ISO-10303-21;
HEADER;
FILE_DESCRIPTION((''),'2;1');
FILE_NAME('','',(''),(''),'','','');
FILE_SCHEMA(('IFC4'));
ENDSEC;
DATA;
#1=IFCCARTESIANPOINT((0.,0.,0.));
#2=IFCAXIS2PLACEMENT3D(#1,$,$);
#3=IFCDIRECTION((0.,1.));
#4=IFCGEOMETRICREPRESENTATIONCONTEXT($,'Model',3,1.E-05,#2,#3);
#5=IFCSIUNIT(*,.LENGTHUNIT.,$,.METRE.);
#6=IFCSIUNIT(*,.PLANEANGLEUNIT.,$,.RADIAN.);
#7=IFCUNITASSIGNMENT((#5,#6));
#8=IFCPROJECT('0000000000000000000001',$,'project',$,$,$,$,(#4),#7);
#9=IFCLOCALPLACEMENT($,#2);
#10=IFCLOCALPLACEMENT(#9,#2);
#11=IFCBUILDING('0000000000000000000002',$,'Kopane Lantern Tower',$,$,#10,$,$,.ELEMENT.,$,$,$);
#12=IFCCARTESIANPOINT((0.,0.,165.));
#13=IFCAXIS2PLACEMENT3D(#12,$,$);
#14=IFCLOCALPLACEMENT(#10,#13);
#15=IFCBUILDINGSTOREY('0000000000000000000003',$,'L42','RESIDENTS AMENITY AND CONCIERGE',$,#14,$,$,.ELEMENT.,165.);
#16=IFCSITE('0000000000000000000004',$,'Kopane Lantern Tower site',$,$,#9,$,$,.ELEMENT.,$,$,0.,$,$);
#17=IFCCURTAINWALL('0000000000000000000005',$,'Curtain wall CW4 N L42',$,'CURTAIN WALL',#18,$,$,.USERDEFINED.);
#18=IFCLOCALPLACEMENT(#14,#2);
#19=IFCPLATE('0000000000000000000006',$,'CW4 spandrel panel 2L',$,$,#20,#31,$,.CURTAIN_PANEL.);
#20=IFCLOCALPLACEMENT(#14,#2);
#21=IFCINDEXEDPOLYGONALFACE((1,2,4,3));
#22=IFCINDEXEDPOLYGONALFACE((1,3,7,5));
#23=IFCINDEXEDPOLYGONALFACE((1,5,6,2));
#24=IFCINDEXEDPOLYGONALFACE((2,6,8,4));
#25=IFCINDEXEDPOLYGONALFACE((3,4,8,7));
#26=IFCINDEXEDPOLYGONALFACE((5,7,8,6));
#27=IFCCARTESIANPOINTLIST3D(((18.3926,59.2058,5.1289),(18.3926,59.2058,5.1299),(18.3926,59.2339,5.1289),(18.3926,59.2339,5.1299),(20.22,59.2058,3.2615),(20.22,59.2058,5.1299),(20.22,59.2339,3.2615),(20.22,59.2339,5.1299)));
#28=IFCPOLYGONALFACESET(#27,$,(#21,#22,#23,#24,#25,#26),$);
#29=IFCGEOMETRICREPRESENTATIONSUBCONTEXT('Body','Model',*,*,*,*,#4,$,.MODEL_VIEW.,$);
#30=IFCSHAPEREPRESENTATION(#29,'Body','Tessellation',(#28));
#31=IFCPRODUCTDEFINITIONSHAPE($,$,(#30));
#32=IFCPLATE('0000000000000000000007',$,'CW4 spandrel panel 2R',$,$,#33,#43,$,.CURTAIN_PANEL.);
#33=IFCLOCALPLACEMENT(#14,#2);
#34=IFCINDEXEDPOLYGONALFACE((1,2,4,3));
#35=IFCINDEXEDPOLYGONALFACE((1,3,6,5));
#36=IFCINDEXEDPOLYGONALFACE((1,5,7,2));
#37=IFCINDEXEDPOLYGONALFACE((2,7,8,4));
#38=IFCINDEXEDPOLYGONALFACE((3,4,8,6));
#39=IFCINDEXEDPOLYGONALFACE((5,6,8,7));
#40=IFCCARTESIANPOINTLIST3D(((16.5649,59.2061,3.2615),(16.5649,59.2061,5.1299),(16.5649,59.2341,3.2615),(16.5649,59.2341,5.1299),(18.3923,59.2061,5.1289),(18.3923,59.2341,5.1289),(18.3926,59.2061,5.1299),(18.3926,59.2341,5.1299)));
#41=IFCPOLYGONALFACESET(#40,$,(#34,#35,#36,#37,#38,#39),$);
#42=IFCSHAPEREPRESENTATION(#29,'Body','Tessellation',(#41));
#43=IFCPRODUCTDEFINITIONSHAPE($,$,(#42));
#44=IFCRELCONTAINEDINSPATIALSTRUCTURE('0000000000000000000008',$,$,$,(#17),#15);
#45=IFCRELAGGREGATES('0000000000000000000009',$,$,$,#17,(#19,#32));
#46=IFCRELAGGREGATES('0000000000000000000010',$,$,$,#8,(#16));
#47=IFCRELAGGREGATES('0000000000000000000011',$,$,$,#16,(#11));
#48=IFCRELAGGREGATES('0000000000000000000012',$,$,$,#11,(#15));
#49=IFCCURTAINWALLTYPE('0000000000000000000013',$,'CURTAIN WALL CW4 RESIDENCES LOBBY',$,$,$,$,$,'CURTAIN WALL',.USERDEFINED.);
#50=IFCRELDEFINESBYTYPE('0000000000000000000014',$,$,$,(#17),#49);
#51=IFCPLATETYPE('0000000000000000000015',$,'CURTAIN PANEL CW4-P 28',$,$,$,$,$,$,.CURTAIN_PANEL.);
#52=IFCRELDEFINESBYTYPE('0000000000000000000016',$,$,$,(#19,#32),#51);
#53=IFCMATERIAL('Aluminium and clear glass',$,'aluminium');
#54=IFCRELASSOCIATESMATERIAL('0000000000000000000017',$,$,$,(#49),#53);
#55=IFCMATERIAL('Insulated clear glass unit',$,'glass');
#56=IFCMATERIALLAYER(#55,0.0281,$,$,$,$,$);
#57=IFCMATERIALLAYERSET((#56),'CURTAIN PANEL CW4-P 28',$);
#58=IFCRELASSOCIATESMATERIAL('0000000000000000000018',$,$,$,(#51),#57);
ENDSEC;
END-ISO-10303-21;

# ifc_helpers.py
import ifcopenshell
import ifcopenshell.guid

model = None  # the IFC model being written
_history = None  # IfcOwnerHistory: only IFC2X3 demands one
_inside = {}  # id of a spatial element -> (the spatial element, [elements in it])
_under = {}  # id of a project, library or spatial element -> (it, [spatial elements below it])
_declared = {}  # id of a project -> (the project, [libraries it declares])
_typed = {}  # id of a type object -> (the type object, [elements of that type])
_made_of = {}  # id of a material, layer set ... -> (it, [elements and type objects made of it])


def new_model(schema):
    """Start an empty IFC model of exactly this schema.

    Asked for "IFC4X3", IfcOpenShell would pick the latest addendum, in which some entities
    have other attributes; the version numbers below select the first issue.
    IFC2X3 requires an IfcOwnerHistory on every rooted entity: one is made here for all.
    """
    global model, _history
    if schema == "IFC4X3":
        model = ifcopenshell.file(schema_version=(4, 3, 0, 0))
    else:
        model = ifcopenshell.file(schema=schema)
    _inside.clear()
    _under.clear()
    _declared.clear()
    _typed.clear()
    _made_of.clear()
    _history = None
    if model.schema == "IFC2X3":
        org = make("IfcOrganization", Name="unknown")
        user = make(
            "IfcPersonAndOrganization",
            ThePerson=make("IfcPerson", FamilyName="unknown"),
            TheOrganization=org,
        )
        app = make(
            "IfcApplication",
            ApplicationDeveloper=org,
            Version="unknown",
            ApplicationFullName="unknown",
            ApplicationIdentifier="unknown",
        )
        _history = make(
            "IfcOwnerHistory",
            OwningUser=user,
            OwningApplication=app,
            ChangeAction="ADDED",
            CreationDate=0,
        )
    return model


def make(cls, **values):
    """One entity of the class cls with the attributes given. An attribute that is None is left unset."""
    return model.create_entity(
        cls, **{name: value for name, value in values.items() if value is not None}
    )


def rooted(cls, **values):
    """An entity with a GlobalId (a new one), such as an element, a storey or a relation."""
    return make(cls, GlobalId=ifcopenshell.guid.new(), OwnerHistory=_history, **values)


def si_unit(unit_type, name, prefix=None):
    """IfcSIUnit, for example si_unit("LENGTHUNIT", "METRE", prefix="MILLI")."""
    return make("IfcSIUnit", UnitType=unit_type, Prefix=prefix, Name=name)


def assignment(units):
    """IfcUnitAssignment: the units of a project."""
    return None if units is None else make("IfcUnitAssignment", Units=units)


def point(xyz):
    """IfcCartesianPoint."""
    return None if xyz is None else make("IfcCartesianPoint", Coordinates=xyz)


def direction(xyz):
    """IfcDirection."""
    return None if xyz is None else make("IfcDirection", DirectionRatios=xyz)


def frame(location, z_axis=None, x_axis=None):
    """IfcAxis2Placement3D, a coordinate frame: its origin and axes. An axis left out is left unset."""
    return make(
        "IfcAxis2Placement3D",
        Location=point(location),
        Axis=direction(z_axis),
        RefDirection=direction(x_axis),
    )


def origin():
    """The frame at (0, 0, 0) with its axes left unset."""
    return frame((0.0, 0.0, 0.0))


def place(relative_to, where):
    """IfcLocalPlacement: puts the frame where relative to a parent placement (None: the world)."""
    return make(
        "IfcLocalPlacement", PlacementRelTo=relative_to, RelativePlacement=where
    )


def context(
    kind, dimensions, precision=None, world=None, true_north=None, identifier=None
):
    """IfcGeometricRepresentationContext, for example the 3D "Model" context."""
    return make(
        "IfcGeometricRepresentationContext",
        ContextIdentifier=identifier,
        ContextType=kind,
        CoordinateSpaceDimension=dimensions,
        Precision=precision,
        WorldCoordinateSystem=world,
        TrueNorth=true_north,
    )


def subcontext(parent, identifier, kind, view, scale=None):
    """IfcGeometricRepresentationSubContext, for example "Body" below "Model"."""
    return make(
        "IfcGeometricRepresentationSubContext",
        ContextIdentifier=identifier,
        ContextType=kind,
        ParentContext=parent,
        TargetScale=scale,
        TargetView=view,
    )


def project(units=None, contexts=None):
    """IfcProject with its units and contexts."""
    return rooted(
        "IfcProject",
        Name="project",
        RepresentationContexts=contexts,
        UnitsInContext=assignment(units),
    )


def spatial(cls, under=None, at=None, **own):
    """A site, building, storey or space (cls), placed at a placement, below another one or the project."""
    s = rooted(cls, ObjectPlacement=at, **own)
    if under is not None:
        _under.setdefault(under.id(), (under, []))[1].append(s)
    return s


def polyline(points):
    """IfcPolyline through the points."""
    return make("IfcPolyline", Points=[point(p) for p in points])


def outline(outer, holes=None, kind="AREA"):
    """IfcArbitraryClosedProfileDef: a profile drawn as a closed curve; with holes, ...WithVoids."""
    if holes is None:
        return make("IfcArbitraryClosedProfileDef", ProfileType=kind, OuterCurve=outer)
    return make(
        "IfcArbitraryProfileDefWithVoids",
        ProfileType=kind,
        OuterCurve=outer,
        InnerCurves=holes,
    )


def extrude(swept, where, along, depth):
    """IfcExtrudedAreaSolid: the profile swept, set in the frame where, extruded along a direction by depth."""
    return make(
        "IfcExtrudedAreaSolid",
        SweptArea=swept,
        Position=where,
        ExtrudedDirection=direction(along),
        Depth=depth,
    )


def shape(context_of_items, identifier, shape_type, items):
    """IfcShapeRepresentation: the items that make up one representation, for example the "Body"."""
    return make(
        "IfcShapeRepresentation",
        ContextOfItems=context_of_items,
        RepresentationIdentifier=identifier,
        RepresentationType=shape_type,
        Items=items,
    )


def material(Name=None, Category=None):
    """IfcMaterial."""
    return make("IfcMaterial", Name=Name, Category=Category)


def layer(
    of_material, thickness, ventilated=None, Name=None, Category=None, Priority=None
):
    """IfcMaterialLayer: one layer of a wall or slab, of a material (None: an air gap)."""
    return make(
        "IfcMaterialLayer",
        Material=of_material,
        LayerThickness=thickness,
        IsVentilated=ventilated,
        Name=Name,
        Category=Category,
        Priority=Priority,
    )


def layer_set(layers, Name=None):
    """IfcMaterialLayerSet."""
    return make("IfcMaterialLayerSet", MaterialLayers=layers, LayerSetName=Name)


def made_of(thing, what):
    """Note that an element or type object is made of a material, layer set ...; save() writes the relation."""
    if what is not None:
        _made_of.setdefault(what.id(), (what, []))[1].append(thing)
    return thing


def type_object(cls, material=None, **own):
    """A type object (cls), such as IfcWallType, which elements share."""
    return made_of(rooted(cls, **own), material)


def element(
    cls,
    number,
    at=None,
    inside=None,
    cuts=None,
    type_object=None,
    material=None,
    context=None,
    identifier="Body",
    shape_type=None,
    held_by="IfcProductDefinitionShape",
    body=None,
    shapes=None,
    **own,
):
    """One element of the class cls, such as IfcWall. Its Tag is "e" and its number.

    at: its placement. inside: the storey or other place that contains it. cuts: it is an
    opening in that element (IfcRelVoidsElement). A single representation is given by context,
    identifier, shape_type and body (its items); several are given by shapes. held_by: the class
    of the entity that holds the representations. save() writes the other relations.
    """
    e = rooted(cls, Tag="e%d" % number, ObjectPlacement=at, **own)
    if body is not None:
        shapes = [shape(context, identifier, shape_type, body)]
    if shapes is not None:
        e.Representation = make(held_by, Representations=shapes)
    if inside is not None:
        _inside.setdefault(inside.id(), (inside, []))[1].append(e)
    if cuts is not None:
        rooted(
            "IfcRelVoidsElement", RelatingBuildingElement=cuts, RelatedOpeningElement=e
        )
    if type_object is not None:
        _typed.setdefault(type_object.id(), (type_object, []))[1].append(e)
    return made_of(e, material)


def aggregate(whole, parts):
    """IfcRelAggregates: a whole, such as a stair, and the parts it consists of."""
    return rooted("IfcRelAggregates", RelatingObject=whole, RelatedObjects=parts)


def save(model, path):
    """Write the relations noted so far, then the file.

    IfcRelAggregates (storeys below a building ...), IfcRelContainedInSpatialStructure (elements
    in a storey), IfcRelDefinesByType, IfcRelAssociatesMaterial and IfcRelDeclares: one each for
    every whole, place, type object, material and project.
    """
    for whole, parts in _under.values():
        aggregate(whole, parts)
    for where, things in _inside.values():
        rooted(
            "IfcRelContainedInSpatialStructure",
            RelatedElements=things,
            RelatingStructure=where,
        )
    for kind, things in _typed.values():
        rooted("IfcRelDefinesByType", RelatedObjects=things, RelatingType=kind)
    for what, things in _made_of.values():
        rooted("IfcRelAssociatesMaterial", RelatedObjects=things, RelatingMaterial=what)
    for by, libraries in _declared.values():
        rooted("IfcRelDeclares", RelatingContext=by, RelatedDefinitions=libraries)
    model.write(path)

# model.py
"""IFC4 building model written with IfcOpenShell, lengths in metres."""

from ifc_helpers import new_model, si_unit, direction, frame, origin, place, context, subcontext, project, spatial, polyline, outline, extrude, material, layer, layer_set, type_object, element, aggregate, save


model = new_model("IFC4")

# Units and contexts
model_context = context("Model", 3, precision=1e-05, world=origin(), true_north=direction((0.0, 1.0)))
body_context = subcontext(model_context, "Body", "Model", "MODEL_VIEW")
ifc_project = project(units=[si_unit("LENGTHUNIT", "METRE"), si_unit("PLANEANGLEUNIT", "RADIAN")], contexts=[model_context])

# Site, building, storey
site_placement = place(None, origin())
site = spatial("IfcSite", under=ifc_project, at=site_placement, Name="Kopane Lantern Tower site", CompositionType="ELEMENT", RefElevation=0.0)
building_placement = place(site_placement, origin())
building = spatial("IfcBuilding", under=site, at=building_placement, Name="Kopane Lantern Tower", CompositionType="ELEMENT")
storey_placement = place(building_placement, frame((0.0, 0.0, 165.0)))
storey = spatial("IfcBuildingStorey", under=building, at=storey_placement, Name="L42", Description="RESIDENTS AMENITY AND CONCIERGE", CompositionType="ELEMENT", Elevation=165.0)

# Curtain wall
ifc_material_1 = material(Name="Aluminium and clear glass", Category="aluminium")
curtain_wall_type = type_object("IfcCurtainWallType", Name="CURTAIN WALL CW4 RESIDENCES LOBBY", ElementType="CURTAIN WALL", PredefinedType="USERDEFINED", material=ifc_material_1)
curtain_wall_1_placement = place(storey_placement, origin())
curtain_wall_1 = element("IfcCurtainWall", 1, at=curtain_wall_1_placement, inside=storey, type_object=curtain_wall_type, Name="Curtain wall CW4 N L42", ObjectType="CURTAIN WALL", PredefinedType="USERDEFINED")

# Plates
ifc_material_2 = material(Name="Insulated clear glass unit", Category="glass")
ifc_layer = layer(ifc_material_2, 0.0281)
ifc_layer_set = layer_set([ifc_layer], Name="CURTAIN PANEL CW4-P 28")
plate_type = type_object("IfcPlateType", Name="CURTAIN PANEL CW4-P 28", PredefinedType="CURTAIN_PANEL", material=ifc_layer_set)
plate_1_placement = place(storey_placement, frame((20.22, 59.22, 5.1299), z_axis=(0.0, 0.0, 1.0), x_axis=(-1.0, 0.0, 0.0)))
plate_1 = element("IfcPlate", 2, at=plate_1_placement, type_object=plate_type, Name="CW4 spandrel panel 2L", PredefinedType="CURTAIN_PANEL", context=body_context, shape_type="SweptSolid", body=[
    extrude(outline(polyline([(0.0, 0.0), (1.8274, 0.0), (1.8274, -0.001), (0.0, -1.8684), (0.0, 0.0)])), frame((0.0, 0.0142, 0.0), z_axis=(0.0, -1.0, 0.0), x_axis=(1.0, 0.0, 0.0)), (0.0, 0.0, 1.0), 0.0281),
])
plate_2_placement = place(storey_placement, frame((16.5649, 59.22, 5.1299), z_axis=(0.0, 0.0, 1.0), x_axis=(1.0, 0.0, 0.0)))
plate_2 = element("IfcPlate", 3, at=plate_2_placement, type_object=plate_type, Name="CW4 spandrel panel 2R", PredefinedType="CURTAIN_PANEL", context=body_context, shape_type="SweptSolid", body=[
    extrude(outline(polyline([(0.0, 0.0), (1.8276, 0.0), (1.8274, -0.001), (0.0, -1.8684), (0.0, 0.0)])), frame((0.0, 0.0142, 0.0), z_axis=(0.0, -1.0, 0.0), x_axis=(1.0, 0.0, 0.0)), (0.0, 0.0, 1.0), 0.0281),
])
aggregate(curtain_wall_1, [plate_1, plate_2])

save(model, "model.ifc")
